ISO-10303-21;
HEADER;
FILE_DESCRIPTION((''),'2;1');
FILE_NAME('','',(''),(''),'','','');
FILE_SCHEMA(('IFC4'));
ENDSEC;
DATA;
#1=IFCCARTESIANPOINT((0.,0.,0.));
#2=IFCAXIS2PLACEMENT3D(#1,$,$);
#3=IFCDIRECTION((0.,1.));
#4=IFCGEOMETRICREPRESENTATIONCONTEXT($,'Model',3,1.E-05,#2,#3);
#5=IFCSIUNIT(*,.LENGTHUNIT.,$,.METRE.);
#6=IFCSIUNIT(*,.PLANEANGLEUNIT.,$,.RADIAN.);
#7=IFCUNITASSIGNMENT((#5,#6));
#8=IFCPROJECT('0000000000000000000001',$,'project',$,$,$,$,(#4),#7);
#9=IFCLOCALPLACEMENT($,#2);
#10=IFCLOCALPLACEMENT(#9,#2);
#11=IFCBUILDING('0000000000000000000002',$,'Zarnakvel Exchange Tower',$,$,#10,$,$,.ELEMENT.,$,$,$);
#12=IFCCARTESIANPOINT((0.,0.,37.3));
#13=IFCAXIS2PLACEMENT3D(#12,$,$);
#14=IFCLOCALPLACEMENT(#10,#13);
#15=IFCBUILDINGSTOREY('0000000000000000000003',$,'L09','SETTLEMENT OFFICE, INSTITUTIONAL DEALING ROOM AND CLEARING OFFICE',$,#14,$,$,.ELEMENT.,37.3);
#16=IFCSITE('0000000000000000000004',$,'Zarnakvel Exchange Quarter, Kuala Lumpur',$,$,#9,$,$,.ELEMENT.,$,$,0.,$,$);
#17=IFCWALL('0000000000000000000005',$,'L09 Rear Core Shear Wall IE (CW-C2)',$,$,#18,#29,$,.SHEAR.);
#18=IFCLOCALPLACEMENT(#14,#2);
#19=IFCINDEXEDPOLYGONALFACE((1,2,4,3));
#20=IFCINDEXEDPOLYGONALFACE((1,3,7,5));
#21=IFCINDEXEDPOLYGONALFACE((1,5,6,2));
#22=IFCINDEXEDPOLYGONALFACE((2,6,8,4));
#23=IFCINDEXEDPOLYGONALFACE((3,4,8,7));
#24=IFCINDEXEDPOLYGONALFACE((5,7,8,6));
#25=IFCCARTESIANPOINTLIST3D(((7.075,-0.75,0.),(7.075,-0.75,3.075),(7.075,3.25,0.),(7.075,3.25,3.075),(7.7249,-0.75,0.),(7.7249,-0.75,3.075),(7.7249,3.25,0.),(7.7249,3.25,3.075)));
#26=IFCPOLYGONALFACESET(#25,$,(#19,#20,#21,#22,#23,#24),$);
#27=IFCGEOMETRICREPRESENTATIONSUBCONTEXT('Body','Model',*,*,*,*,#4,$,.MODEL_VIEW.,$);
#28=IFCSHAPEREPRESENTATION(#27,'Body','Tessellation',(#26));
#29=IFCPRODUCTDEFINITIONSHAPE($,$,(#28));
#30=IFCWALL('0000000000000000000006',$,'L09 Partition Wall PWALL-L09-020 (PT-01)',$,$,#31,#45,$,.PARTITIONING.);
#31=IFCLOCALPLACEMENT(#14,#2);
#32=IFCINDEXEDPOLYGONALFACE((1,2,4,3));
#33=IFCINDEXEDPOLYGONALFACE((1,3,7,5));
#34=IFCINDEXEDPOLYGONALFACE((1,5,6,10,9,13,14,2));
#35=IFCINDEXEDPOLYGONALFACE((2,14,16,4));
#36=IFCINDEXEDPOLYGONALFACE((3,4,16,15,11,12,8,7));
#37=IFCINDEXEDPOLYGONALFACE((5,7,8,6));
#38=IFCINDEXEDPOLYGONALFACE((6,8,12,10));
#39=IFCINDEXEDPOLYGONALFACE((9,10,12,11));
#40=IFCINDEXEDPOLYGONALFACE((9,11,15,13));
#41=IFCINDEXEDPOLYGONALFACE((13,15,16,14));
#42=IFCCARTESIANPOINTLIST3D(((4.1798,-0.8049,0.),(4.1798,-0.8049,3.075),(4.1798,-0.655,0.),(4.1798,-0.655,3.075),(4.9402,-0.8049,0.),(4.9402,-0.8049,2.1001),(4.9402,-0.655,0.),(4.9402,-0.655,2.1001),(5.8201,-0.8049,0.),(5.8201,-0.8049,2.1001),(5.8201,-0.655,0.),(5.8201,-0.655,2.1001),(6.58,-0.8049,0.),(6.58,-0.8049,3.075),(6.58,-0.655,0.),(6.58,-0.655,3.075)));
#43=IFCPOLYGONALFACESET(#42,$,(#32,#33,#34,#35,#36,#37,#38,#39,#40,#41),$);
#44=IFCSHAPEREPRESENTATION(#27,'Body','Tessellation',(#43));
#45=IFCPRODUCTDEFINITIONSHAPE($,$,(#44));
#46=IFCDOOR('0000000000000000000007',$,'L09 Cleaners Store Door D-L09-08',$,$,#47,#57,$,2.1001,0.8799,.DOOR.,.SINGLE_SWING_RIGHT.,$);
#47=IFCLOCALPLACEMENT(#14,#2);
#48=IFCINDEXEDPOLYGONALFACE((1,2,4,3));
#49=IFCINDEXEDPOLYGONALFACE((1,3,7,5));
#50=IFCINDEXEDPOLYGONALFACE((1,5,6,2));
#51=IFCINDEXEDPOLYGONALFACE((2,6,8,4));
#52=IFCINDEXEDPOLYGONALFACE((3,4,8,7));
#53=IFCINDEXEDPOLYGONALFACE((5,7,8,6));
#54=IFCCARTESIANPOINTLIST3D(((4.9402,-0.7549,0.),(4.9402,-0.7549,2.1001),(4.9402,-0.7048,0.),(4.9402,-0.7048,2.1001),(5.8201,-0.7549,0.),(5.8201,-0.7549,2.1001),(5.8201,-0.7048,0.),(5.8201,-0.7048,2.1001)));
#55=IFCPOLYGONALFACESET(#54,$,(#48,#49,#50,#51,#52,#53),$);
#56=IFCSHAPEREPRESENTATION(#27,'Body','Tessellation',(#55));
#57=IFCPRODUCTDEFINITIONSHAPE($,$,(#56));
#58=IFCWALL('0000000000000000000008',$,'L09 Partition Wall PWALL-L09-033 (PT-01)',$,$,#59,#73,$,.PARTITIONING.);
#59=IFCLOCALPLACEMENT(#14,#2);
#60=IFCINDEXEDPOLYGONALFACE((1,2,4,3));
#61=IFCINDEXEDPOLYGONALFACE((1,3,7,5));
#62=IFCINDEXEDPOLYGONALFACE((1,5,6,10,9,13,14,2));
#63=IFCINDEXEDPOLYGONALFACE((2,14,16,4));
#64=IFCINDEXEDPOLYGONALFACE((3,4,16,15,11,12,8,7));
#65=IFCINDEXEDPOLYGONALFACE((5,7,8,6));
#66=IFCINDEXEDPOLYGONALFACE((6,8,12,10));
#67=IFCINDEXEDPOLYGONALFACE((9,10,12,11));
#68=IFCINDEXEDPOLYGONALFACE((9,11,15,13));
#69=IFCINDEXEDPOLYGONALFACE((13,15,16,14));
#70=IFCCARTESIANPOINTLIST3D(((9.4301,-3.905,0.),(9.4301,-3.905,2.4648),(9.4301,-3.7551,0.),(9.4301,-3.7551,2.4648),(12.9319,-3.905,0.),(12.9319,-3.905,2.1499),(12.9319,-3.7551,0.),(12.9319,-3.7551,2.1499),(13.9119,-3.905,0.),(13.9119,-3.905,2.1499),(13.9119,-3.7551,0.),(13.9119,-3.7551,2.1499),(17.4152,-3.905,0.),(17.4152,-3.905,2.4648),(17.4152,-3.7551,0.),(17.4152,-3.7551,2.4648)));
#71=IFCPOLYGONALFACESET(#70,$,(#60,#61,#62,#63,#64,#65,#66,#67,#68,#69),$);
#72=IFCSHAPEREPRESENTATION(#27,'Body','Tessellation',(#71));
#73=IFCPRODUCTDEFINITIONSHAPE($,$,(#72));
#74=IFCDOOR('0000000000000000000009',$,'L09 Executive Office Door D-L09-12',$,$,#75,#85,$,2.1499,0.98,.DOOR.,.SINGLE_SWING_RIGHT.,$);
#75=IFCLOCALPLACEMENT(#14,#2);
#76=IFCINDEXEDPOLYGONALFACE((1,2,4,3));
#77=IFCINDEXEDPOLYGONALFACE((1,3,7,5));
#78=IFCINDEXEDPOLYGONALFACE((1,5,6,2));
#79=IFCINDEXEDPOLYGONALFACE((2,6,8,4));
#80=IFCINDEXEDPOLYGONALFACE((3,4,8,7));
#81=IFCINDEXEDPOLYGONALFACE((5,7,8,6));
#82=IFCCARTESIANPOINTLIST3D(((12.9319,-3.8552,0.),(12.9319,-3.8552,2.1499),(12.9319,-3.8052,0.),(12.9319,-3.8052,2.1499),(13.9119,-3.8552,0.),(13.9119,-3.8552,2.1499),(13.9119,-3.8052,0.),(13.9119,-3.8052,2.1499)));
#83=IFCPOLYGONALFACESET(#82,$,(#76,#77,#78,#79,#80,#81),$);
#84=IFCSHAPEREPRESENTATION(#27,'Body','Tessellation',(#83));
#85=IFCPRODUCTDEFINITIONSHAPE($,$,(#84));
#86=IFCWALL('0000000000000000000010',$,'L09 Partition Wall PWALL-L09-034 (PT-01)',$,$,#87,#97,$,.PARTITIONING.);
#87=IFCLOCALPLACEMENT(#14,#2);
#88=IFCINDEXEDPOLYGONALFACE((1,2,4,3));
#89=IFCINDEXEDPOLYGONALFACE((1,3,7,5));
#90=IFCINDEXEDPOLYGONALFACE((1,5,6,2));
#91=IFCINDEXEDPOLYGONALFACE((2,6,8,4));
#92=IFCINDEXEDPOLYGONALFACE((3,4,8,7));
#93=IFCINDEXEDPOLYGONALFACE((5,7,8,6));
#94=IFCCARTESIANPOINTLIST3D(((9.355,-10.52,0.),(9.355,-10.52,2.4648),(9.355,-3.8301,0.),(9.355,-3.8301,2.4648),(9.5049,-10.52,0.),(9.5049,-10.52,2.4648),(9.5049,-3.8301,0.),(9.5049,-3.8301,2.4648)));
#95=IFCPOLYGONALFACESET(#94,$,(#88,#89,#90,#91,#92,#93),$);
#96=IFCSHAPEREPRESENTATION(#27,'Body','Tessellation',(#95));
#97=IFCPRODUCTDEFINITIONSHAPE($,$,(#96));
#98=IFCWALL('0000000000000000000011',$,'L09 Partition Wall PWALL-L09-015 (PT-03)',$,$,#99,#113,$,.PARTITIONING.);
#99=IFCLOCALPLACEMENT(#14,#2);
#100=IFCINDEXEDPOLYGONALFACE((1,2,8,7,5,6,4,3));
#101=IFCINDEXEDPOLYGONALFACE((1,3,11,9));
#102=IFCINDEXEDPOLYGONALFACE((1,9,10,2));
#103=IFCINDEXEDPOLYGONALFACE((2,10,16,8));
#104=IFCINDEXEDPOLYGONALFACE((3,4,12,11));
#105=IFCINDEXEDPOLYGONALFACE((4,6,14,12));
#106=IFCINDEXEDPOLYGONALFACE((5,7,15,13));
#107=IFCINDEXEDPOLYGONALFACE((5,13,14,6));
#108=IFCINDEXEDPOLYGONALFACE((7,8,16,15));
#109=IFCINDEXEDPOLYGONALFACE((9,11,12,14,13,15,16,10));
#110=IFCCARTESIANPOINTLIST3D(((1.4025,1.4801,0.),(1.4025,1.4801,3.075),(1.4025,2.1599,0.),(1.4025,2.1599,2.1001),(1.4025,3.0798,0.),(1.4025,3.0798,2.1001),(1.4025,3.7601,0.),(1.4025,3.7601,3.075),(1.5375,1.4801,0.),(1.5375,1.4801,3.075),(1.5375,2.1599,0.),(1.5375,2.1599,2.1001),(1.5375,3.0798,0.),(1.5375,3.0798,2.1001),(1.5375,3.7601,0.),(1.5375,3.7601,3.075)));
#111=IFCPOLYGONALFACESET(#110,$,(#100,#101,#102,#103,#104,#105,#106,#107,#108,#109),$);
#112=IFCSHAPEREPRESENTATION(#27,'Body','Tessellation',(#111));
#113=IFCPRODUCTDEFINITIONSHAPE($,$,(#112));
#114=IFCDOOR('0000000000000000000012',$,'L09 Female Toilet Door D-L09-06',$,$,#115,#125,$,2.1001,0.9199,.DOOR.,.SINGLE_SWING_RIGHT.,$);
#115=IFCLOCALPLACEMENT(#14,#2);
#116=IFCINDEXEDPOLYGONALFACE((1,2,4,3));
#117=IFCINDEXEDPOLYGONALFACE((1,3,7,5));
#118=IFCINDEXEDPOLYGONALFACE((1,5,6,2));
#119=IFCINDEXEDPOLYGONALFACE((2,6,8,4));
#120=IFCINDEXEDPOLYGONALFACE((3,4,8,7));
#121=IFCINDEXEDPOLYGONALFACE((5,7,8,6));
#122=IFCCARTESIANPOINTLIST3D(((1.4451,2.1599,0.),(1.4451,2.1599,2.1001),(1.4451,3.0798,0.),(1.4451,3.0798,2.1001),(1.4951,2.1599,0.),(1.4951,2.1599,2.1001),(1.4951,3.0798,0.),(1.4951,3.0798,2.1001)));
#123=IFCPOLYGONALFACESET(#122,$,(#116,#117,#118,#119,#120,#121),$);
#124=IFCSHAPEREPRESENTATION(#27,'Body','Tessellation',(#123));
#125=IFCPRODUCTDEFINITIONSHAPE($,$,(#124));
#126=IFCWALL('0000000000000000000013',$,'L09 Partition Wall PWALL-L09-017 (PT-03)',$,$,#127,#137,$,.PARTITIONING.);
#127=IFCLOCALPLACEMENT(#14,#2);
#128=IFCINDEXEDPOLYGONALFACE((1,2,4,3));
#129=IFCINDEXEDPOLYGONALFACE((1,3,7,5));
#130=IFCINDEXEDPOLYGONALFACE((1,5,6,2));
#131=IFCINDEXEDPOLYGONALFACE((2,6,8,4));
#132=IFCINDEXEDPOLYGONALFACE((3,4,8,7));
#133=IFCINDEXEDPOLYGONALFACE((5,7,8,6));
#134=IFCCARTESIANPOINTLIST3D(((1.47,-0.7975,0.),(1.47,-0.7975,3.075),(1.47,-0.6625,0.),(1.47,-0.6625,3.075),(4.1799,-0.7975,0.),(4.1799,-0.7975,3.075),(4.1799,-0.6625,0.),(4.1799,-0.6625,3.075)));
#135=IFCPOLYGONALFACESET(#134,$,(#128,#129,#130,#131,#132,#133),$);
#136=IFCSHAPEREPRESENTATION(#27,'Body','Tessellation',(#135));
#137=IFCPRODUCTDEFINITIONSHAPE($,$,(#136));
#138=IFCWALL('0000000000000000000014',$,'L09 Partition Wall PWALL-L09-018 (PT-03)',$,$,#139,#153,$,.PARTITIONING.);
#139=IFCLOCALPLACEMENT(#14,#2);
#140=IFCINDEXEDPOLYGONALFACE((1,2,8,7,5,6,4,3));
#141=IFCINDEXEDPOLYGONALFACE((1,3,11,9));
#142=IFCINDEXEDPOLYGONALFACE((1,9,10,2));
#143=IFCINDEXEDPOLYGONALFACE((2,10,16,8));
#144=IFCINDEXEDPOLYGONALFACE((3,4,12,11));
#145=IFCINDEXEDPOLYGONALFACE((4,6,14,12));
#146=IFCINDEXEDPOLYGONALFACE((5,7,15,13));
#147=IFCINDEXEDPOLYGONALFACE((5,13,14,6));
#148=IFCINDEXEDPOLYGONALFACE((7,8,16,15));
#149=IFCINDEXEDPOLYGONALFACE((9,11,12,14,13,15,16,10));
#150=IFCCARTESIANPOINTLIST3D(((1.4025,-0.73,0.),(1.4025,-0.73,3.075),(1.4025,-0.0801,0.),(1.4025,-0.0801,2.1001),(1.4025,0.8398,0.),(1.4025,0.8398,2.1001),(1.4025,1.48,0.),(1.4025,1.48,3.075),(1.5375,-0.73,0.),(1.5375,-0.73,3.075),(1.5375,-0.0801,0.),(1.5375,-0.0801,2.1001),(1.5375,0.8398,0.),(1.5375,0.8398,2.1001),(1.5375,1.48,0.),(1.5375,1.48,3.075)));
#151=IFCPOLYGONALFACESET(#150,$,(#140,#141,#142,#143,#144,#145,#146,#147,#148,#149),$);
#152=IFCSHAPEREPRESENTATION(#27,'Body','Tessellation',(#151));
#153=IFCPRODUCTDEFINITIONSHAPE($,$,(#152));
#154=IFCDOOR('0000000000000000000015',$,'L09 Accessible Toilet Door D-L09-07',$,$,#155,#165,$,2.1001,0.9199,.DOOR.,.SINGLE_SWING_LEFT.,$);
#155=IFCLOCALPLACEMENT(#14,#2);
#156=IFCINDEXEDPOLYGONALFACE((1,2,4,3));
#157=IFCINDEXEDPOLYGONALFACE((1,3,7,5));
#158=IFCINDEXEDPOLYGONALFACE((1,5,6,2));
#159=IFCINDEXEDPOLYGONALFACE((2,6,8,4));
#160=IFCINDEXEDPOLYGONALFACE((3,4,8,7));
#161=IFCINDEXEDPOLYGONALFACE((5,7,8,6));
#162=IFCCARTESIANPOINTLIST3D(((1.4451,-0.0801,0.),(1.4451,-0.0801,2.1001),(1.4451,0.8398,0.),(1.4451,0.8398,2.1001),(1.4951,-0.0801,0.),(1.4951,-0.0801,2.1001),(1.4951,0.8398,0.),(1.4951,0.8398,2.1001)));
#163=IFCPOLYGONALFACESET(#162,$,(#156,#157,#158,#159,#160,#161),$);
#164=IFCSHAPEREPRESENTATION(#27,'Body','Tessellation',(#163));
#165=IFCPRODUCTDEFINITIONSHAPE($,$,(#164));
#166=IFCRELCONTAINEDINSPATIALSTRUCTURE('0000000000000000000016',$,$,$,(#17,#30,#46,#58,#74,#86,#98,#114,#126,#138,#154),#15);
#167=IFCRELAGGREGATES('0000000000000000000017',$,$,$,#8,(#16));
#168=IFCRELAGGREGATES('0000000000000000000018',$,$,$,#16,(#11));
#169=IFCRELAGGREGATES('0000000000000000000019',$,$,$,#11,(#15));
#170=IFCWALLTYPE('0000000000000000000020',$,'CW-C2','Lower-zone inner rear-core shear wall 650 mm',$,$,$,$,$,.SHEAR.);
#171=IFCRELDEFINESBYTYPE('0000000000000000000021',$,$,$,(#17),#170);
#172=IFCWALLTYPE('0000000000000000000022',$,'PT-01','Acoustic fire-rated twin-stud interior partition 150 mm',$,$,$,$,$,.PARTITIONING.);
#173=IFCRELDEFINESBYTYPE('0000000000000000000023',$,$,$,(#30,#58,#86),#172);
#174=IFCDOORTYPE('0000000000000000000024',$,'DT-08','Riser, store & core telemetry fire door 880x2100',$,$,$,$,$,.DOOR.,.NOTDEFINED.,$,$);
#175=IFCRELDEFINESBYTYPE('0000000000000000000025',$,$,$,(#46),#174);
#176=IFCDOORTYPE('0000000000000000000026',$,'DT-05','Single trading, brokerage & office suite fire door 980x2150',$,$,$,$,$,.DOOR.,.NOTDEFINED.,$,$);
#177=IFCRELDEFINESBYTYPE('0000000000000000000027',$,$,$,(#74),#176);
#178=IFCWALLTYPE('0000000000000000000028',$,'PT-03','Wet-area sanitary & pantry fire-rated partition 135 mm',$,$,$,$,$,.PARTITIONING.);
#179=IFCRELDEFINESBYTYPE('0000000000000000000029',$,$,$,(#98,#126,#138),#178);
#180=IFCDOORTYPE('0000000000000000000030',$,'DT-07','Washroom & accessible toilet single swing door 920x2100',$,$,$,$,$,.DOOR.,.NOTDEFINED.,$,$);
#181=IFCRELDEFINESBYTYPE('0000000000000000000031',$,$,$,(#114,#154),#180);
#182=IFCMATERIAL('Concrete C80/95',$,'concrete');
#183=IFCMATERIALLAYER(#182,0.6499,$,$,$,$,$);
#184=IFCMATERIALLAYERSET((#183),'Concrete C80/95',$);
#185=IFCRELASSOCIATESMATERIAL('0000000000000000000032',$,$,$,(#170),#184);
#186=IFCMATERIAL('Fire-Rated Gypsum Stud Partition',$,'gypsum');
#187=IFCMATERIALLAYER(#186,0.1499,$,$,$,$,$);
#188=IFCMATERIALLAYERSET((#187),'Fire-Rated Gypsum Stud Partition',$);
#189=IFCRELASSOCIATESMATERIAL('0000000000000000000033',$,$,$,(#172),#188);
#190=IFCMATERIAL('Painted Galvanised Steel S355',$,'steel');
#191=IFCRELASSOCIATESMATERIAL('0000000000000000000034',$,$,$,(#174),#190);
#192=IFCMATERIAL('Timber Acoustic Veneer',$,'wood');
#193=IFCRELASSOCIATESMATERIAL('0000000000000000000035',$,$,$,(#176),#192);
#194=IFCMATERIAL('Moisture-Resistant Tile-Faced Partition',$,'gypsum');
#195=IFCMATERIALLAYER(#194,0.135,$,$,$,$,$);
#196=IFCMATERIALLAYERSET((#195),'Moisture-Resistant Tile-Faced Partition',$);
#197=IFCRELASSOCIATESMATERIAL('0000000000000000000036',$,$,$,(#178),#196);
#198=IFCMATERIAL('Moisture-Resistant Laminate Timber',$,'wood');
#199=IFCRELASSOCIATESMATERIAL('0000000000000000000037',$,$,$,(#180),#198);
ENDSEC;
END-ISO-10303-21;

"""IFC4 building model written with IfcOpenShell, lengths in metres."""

from ifc_helpers import new_model, si_unit, direction, frame, frame_2d, origin, place, context, subcontext, project, spatial, rectangle, extrude, source, transform, mapped, material, layer, layer_set, type_object, element, fill, save


model = new_model("IFC4")

# Units and contexts
model_context = context("Model", 3, precision=1e-05, world=origin(), true_north=direction((0.0, 1.0)))
body_context = subcontext(model_context, "Body", "Model", "MODEL_VIEW")
ifc_project = project(units=[si_unit("LENGTHUNIT", "METRE"), si_unit("PLANEANGLEUNIT", "RADIAN")], contexts=[model_context])

# Site, building, storey
site_placement = place(None, origin())
site = spatial("IfcSite", under=ifc_project, at=site_placement, Name="Zarnakvel Exchange Quarter, Kuala Lumpur", CompositionType="ELEMENT", RefElevation=0.0)
building_placement = place(site_placement, origin())
building = spatial("IfcBuilding", under=site, at=building_placement, Name="Zarnakvel Exchange Tower", CompositionType="ELEMENT")
storey_placement = place(building_placement, frame((0.0, 0.0, 37.3)))
storey = spatial("IfcBuildingStorey", under=building, at=storey_placement, Name="L09", Description="SETTLEMENT OFFICE, INSTITUTIONAL DEALING ROOM AND CLEARING OFFICE", CompositionType="ELEMENT", Elevation=37.3)

# Shared definitions
ifc_material_1 = material(Name="Concrete C80/95", Category="concrete")

# Shared definitions
ifc_material_2 = material(Name="Painted Galvanised Steel S355", Category="steel")

# Wall
ifc_layer_1 = layer(ifc_material_1, 0.6499)
ifc_layer_set_1 = layer_set([ifc_layer_1], Name="Concrete C80/95")
wall_type_1 = type_object("IfcWallType", Name="CW-C2", Description="Lower-zone inner rear-core shear wall 650 mm", PredefinedType="SHEAR", material=ifc_layer_set_1)
wall_1_placement = place(storey_placement, frame((7.3999, -0.75, 0.0), z_axis=(0.0, 0.0, 1.0), x_axis=(0.0, 1.0, 0.0)))
element("IfcWall", 1, at=wall_1_placement, inside=storey, type_object=wall_type_1, Name="L09 Rear Core Shear Wall IE (CW-C2)", PredefinedType="SHEAR", context=body_context, shape_type="SweptSolid", body=[
    extrude(rectangle(XDim=4.0, YDim=0.6499, at=frame_2d((2.0, 0.0))), origin(), (0.0, 0.0, 1.0), 3.075),
])

# Walls, openings, doors
ifc_material_3 = material(Name="Fire-Rated Gypsum Stud Partition", Category="gypsum")
ifc_layer_2 = layer(ifc_material_3, 0.1499)
ifc_layer_set_2 = layer_set([ifc_layer_2], Name="Fire-Rated Gypsum Stud Partition")
wall_type_2 = type_object("IfcWallType", Name="PT-01", Description="Acoustic fire-rated twin-stud interior partition 150 mm", PredefinedType="PARTITIONING", material=ifc_layer_set_2)
wall_2_placement = place(storey_placement, frame((6.5801, -0.73, 0.0), z_axis=(0.0, 0.0, 1.0), x_axis=(-1.0, 0.0, 0.0)))
wall_2 = element("IfcWall", 2, at=wall_2_placement, inside=storey, type_object=wall_type_2, Name="L09 Partition Wall PWALL-L09-020 (PT-01)", PredefinedType="PARTITIONING", context=body_context, shape_type="SweptSolid", body=[
    extrude(rectangle(XDim=2.4001, YDim=0.1499, at=frame_2d((1.2002, 0.0))), origin(), (0.0, 0.0, 1.0), 3.075),
])
opening_1_placement = place(wall_2_placement, frame((0.76, 0.0, 0.0)))
opening_1 = element("IfcOpeningElement", 3, at=opening_1_placement, cuts=wall_2, PredefinedType="OPENING", context=body_context, shape_type="SweptSolid", body=[
    extrude(rectangle(XDim=0.8799, YDim=2.1001, at=frame_2d((0.4399, 1.05))), frame((0.0, 0.085, 0.0), z_axis=(0.0, -1.0, 0.0), x_axis=(1.0, 0.0, 0.0)), (0.0, 0.0, 1.0), 0.1699),
])
door_type_1 = type_object("IfcDoorType", Name="DT-08", Description="Riser, store & core telemetry fire door 880x2100", OperationType="NOTDEFINED", PredefinedType="DOOR", material=ifc_material_2)
shared_shape_1 = source(origin(), body_context, "Body", "SweptSolid", [
    extrude(rectangle(XDim=0.8799, YDim=2.1001, at=frame_2d((0.4399, 1.05))), frame((0.0, 0.0249, 0.0), z_axis=(0.0, -1.0, 0.0), x_axis=(1.0, 0.0, 0.0)), (0.0, 0.0, 1.0), 0.05),
])
door_1_placement = place(opening_1_placement, origin())
door_1 = element("IfcDoor", 4, at=door_1_placement, inside=storey, type_object=door_type_1, Name="L09 Cleaners Store Door D-L09-08", OperationType="SINGLE_SWING_RIGHT", OverallHeight=2.1001, OverallWidth=0.8799, PredefinedType="DOOR", context=body_context, shape_type="MappedRepresentation", body=[
    mapped(shared_shape_1, transform((0.0, 0.0, 0.0), x_axis=(1.0, 0.0, 0.0), y_axis=(0.0, 1.0, 0.0), z_axis=(0.0, 0.0, 1.0), scale=1.0)),
])
fill(opening_1, door_1)
wall_3_placement = place(storey_placement, frame((9.4299, -3.8301, 0.0), z_axis=(0.0, 0.0, 1.0), x_axis=(1.0, 0.0, 0.0)))
wall_3 = element("IfcWall", 5, at=wall_3_placement, inside=storey, type_object=wall_type_2, Name="L09 Partition Wall PWALL-L09-033 (PT-01)", PredefinedType="PARTITIONING", context=body_context, shape_type="SweptSolid", body=[
    extrude(rectangle(XDim=7.9851, YDim=0.1499, at=frame_2d((3.9927, 0.0))), origin(), (0.0, 0.0, 1.0), 2.4648),
])
opening_2_placement = place(wall_3_placement, frame((3.502, 0.0, 0.0)))
opening_2 = element("IfcOpeningElement", 6, at=opening_2_placement, cuts=wall_3, PredefinedType="OPENING", context=body_context, shape_type="SweptSolid", body=[
    extrude(rectangle(XDim=0.98, YDim=2.1499, at=frame_2d((0.49, 1.075))), frame((0.0, 0.085, 0.0), z_axis=(0.0, -1.0, 0.0), x_axis=(1.0, 0.0, 0.0)), (0.0, 0.0, 1.0), 0.1699),
])
ifc_material_4 = material(Name="Timber Acoustic Veneer", Category="wood")
door_type_2 = type_object("IfcDoorType", Name="DT-05", Description="Single trading, brokerage & office suite fire door 980x2150", OperationType="NOTDEFINED", PredefinedType="DOOR", material=ifc_material_4)
shared_shape_2 = source(origin(), body_context, "Body", "SweptSolid", [
    extrude(rectangle(XDim=0.98, YDim=2.1499, at=frame_2d((0.49, 1.075))), frame((0.0, 0.0249, 0.0), z_axis=(0.0, -1.0, 0.0), x_axis=(1.0, 0.0, 0.0)), (0.0, 0.0, 1.0), 0.05),
])
door_2_placement = place(opening_2_placement, origin())
door_2 = element("IfcDoor", 7, at=door_2_placement, inside=storey, type_object=door_type_2, Name="L09 Executive Office Door D-L09-12", OperationType="SINGLE_SWING_RIGHT", OverallHeight=2.1499, OverallWidth=0.98, PredefinedType="DOOR", context=body_context, shape_type="MappedRepresentation", body=[
    mapped(shared_shape_2, transform((0.0, 0.0, 0.0), x_axis=(1.0, 0.0, 0.0), y_axis=(0.0, 1.0, 0.0), z_axis=(0.0, 0.0, 1.0), scale=1.0)),
])
fill(opening_2, door_2)

# Wall
wall_4_placement = place(storey_placement, frame((9.4299, -10.52, 0.0), z_axis=(0.0, 0.0, 1.0), x_axis=(0.0, 1.0, 0.0)))
element("IfcWall", 8, at=wall_4_placement, inside=storey, type_object=wall_type_2, Name="L09 Partition Wall PWALL-L09-034 (PT-01)", PredefinedType="PARTITIONING", context=body_context, shape_type="SweptSolid", body=[
    extrude(rectangle(XDim=6.6899, YDim=0.1499, at=frame_2d((3.345, 0.0))), origin(), (0.0, 0.0, 1.0), 2.4648),
])

# Wall, opening, door
ifc_material_5 = material(Name="Moisture-Resistant Tile-Faced Partition", Category="gypsum")
ifc_layer_3 = layer(ifc_material_5, 0.135)
ifc_layer_set_3 = layer_set([ifc_layer_3], Name="Moisture-Resistant Tile-Faced Partition")
wall_type_3 = type_object("IfcWallType", Name="PT-03", Description="Wet-area sanitary & pantry fire-rated partition 135 mm", PredefinedType="PARTITIONING", material=ifc_layer_set_3)
wall_5_placement = place(storey_placement, frame((1.47, 1.48, 0.0), z_axis=(0.0, 0.0, 1.0), x_axis=(0.0, 1.0, 0.0)))
wall_5 = element("IfcWall", 9, at=wall_5_placement, inside=storey, type_object=wall_type_3, Name="L09 Partition Wall PWALL-L09-015 (PT-03)", PredefinedType="PARTITIONING", context=body_context, shape_type="SweptSolid", body=[
    extrude(rectangle(XDim=2.28, YDim=0.135, at=frame_2d((1.1401, 0.0))), origin(), (0.0, 0.0, 1.0), 3.075),
])
opening_3_placement = place(wall_5_placement, frame((0.6799, 0.0, 0.0)))
opening_3 = element("IfcOpeningElement", 10, at=opening_3_placement, cuts=wall_5, PredefinedType="OPENING", context=body_context, shape_type="SweptSolid", body=[
    extrude(rectangle(XDim=0.9199, YDim=2.1001, at=frame_2d((0.46, 1.05))), frame((0.0, 0.0774, 0.0), z_axis=(0.0, -1.0, 0.0), x_axis=(1.0, 0.0, 0.0)), (0.0, 0.0, 1.0), 0.155),
])
ifc_material_6 = material(Name="Moisture-Resistant Laminate Timber", Category="wood")
door_type_3 = type_object("IfcDoorType", Name="DT-07", Description="Washroom & accessible toilet single swing door 920x2100", OperationType="NOTDEFINED", PredefinedType="DOOR", material=ifc_material_6)
shared_shape_3 = source(origin(), body_context, "Body", "SweptSolid", [
    extrude(rectangle(XDim=0.9199, YDim=2.1001, at=frame_2d((0.46, 1.05))), frame((0.0, 0.0249, 0.0), z_axis=(0.0, -1.0, 0.0), x_axis=(1.0, 0.0, 0.0)), (0.0, 0.0, 1.0), 0.05),
])
door_3_placement = place(opening_3_placement, origin())
door_3 = element("IfcDoor", 11, at=door_3_placement, inside=storey, type_object=door_type_3, Name="L09 Female Toilet Door D-L09-06", OperationType="SINGLE_SWING_RIGHT", OverallHeight=2.1001, OverallWidth=0.9199, PredefinedType="DOOR", context=body_context, shape_type="MappedRepresentation", body=[
    mapped(shared_shape_3, transform((0.0, 0.0, 0.0), x_axis=(1.0, 0.0, 0.0), y_axis=(0.0, 1.0, 0.0), z_axis=(0.0, 0.0, 1.0), scale=1.0)),
])
fill(opening_3, door_3)

# Wall
wall_6_placement = place(storey_placement, frame((4.1799, -0.73, 0.0), z_axis=(0.0, 0.0, 1.0), x_axis=(-1.0, 0.0, 0.0)))
element("IfcWall", 12, at=wall_6_placement, inside=storey, type_object=wall_type_3, Name="L09 Partition Wall PWALL-L09-017 (PT-03)", PredefinedType="PARTITIONING", context=body_context, shape_type="SweptSolid", body=[
    extrude(rectangle(XDim=2.71, YDim=0.135, at=frame_2d((1.355, 0.0))), origin(), (0.0, 0.0, 1.0), 3.075),
])

# Wall, opening, door
wall_7_placement = place(storey_placement, frame((1.47, -0.73, 0.0), z_axis=(0.0, 0.0, 1.0), x_axis=(0.0, 1.0, 0.0)))
wall_7 = element("IfcWall", 13, at=wall_7_placement, inside=storey, type_object=wall_type_3, Name="L09 Partition Wall PWALL-L09-018 (PT-03)", PredefinedType="PARTITIONING", context=body_context, shape_type="SweptSolid", body=[
    extrude(rectangle(XDim=2.21, YDim=0.135, at=frame_2d((1.105, 0.0))), origin(), (0.0, 0.0, 1.0), 3.075),
])
opening_4_placement = place(wall_7_placement, frame((0.6499, 0.0, 0.0)))
opening_4 = element("IfcOpeningElement", 14, at=opening_4_placement, cuts=wall_7, PredefinedType="OPENING", context=body_context, shape_type="SweptSolid", body=[
    extrude(rectangle(XDim=0.9199, YDim=2.1001, at=frame_2d((0.46, 1.05))), frame((0.0, 0.0774, 0.0), z_axis=(0.0, -1.0, 0.0), x_axis=(1.0, 0.0, 0.0)), (0.0, 0.0, 1.0), 0.155),
])
door_4_placement = place(opening_4_placement, origin())
door_4 = element("IfcDoor", 15, at=door_4_placement, inside=storey, type_object=door_type_3, Name="L09 Accessible Toilet Door D-L09-07", OperationType="SINGLE_SWING_LEFT", OverallHeight=2.1001, OverallWidth=0.9199, PredefinedType="DOOR", context=body_context, shape_type="MappedRepresentation", body=[
    mapped(shared_shape_3, transform((0.0, 0.0, 0.0), x_axis=(1.0, 0.0, 0.0), y_axis=(0.0, 1.0, 0.0), z_axis=(0.0, 0.0, 1.0), scale=1.0)),
])
fill(opening_4, door_4)

save(model, "model.ifc")
